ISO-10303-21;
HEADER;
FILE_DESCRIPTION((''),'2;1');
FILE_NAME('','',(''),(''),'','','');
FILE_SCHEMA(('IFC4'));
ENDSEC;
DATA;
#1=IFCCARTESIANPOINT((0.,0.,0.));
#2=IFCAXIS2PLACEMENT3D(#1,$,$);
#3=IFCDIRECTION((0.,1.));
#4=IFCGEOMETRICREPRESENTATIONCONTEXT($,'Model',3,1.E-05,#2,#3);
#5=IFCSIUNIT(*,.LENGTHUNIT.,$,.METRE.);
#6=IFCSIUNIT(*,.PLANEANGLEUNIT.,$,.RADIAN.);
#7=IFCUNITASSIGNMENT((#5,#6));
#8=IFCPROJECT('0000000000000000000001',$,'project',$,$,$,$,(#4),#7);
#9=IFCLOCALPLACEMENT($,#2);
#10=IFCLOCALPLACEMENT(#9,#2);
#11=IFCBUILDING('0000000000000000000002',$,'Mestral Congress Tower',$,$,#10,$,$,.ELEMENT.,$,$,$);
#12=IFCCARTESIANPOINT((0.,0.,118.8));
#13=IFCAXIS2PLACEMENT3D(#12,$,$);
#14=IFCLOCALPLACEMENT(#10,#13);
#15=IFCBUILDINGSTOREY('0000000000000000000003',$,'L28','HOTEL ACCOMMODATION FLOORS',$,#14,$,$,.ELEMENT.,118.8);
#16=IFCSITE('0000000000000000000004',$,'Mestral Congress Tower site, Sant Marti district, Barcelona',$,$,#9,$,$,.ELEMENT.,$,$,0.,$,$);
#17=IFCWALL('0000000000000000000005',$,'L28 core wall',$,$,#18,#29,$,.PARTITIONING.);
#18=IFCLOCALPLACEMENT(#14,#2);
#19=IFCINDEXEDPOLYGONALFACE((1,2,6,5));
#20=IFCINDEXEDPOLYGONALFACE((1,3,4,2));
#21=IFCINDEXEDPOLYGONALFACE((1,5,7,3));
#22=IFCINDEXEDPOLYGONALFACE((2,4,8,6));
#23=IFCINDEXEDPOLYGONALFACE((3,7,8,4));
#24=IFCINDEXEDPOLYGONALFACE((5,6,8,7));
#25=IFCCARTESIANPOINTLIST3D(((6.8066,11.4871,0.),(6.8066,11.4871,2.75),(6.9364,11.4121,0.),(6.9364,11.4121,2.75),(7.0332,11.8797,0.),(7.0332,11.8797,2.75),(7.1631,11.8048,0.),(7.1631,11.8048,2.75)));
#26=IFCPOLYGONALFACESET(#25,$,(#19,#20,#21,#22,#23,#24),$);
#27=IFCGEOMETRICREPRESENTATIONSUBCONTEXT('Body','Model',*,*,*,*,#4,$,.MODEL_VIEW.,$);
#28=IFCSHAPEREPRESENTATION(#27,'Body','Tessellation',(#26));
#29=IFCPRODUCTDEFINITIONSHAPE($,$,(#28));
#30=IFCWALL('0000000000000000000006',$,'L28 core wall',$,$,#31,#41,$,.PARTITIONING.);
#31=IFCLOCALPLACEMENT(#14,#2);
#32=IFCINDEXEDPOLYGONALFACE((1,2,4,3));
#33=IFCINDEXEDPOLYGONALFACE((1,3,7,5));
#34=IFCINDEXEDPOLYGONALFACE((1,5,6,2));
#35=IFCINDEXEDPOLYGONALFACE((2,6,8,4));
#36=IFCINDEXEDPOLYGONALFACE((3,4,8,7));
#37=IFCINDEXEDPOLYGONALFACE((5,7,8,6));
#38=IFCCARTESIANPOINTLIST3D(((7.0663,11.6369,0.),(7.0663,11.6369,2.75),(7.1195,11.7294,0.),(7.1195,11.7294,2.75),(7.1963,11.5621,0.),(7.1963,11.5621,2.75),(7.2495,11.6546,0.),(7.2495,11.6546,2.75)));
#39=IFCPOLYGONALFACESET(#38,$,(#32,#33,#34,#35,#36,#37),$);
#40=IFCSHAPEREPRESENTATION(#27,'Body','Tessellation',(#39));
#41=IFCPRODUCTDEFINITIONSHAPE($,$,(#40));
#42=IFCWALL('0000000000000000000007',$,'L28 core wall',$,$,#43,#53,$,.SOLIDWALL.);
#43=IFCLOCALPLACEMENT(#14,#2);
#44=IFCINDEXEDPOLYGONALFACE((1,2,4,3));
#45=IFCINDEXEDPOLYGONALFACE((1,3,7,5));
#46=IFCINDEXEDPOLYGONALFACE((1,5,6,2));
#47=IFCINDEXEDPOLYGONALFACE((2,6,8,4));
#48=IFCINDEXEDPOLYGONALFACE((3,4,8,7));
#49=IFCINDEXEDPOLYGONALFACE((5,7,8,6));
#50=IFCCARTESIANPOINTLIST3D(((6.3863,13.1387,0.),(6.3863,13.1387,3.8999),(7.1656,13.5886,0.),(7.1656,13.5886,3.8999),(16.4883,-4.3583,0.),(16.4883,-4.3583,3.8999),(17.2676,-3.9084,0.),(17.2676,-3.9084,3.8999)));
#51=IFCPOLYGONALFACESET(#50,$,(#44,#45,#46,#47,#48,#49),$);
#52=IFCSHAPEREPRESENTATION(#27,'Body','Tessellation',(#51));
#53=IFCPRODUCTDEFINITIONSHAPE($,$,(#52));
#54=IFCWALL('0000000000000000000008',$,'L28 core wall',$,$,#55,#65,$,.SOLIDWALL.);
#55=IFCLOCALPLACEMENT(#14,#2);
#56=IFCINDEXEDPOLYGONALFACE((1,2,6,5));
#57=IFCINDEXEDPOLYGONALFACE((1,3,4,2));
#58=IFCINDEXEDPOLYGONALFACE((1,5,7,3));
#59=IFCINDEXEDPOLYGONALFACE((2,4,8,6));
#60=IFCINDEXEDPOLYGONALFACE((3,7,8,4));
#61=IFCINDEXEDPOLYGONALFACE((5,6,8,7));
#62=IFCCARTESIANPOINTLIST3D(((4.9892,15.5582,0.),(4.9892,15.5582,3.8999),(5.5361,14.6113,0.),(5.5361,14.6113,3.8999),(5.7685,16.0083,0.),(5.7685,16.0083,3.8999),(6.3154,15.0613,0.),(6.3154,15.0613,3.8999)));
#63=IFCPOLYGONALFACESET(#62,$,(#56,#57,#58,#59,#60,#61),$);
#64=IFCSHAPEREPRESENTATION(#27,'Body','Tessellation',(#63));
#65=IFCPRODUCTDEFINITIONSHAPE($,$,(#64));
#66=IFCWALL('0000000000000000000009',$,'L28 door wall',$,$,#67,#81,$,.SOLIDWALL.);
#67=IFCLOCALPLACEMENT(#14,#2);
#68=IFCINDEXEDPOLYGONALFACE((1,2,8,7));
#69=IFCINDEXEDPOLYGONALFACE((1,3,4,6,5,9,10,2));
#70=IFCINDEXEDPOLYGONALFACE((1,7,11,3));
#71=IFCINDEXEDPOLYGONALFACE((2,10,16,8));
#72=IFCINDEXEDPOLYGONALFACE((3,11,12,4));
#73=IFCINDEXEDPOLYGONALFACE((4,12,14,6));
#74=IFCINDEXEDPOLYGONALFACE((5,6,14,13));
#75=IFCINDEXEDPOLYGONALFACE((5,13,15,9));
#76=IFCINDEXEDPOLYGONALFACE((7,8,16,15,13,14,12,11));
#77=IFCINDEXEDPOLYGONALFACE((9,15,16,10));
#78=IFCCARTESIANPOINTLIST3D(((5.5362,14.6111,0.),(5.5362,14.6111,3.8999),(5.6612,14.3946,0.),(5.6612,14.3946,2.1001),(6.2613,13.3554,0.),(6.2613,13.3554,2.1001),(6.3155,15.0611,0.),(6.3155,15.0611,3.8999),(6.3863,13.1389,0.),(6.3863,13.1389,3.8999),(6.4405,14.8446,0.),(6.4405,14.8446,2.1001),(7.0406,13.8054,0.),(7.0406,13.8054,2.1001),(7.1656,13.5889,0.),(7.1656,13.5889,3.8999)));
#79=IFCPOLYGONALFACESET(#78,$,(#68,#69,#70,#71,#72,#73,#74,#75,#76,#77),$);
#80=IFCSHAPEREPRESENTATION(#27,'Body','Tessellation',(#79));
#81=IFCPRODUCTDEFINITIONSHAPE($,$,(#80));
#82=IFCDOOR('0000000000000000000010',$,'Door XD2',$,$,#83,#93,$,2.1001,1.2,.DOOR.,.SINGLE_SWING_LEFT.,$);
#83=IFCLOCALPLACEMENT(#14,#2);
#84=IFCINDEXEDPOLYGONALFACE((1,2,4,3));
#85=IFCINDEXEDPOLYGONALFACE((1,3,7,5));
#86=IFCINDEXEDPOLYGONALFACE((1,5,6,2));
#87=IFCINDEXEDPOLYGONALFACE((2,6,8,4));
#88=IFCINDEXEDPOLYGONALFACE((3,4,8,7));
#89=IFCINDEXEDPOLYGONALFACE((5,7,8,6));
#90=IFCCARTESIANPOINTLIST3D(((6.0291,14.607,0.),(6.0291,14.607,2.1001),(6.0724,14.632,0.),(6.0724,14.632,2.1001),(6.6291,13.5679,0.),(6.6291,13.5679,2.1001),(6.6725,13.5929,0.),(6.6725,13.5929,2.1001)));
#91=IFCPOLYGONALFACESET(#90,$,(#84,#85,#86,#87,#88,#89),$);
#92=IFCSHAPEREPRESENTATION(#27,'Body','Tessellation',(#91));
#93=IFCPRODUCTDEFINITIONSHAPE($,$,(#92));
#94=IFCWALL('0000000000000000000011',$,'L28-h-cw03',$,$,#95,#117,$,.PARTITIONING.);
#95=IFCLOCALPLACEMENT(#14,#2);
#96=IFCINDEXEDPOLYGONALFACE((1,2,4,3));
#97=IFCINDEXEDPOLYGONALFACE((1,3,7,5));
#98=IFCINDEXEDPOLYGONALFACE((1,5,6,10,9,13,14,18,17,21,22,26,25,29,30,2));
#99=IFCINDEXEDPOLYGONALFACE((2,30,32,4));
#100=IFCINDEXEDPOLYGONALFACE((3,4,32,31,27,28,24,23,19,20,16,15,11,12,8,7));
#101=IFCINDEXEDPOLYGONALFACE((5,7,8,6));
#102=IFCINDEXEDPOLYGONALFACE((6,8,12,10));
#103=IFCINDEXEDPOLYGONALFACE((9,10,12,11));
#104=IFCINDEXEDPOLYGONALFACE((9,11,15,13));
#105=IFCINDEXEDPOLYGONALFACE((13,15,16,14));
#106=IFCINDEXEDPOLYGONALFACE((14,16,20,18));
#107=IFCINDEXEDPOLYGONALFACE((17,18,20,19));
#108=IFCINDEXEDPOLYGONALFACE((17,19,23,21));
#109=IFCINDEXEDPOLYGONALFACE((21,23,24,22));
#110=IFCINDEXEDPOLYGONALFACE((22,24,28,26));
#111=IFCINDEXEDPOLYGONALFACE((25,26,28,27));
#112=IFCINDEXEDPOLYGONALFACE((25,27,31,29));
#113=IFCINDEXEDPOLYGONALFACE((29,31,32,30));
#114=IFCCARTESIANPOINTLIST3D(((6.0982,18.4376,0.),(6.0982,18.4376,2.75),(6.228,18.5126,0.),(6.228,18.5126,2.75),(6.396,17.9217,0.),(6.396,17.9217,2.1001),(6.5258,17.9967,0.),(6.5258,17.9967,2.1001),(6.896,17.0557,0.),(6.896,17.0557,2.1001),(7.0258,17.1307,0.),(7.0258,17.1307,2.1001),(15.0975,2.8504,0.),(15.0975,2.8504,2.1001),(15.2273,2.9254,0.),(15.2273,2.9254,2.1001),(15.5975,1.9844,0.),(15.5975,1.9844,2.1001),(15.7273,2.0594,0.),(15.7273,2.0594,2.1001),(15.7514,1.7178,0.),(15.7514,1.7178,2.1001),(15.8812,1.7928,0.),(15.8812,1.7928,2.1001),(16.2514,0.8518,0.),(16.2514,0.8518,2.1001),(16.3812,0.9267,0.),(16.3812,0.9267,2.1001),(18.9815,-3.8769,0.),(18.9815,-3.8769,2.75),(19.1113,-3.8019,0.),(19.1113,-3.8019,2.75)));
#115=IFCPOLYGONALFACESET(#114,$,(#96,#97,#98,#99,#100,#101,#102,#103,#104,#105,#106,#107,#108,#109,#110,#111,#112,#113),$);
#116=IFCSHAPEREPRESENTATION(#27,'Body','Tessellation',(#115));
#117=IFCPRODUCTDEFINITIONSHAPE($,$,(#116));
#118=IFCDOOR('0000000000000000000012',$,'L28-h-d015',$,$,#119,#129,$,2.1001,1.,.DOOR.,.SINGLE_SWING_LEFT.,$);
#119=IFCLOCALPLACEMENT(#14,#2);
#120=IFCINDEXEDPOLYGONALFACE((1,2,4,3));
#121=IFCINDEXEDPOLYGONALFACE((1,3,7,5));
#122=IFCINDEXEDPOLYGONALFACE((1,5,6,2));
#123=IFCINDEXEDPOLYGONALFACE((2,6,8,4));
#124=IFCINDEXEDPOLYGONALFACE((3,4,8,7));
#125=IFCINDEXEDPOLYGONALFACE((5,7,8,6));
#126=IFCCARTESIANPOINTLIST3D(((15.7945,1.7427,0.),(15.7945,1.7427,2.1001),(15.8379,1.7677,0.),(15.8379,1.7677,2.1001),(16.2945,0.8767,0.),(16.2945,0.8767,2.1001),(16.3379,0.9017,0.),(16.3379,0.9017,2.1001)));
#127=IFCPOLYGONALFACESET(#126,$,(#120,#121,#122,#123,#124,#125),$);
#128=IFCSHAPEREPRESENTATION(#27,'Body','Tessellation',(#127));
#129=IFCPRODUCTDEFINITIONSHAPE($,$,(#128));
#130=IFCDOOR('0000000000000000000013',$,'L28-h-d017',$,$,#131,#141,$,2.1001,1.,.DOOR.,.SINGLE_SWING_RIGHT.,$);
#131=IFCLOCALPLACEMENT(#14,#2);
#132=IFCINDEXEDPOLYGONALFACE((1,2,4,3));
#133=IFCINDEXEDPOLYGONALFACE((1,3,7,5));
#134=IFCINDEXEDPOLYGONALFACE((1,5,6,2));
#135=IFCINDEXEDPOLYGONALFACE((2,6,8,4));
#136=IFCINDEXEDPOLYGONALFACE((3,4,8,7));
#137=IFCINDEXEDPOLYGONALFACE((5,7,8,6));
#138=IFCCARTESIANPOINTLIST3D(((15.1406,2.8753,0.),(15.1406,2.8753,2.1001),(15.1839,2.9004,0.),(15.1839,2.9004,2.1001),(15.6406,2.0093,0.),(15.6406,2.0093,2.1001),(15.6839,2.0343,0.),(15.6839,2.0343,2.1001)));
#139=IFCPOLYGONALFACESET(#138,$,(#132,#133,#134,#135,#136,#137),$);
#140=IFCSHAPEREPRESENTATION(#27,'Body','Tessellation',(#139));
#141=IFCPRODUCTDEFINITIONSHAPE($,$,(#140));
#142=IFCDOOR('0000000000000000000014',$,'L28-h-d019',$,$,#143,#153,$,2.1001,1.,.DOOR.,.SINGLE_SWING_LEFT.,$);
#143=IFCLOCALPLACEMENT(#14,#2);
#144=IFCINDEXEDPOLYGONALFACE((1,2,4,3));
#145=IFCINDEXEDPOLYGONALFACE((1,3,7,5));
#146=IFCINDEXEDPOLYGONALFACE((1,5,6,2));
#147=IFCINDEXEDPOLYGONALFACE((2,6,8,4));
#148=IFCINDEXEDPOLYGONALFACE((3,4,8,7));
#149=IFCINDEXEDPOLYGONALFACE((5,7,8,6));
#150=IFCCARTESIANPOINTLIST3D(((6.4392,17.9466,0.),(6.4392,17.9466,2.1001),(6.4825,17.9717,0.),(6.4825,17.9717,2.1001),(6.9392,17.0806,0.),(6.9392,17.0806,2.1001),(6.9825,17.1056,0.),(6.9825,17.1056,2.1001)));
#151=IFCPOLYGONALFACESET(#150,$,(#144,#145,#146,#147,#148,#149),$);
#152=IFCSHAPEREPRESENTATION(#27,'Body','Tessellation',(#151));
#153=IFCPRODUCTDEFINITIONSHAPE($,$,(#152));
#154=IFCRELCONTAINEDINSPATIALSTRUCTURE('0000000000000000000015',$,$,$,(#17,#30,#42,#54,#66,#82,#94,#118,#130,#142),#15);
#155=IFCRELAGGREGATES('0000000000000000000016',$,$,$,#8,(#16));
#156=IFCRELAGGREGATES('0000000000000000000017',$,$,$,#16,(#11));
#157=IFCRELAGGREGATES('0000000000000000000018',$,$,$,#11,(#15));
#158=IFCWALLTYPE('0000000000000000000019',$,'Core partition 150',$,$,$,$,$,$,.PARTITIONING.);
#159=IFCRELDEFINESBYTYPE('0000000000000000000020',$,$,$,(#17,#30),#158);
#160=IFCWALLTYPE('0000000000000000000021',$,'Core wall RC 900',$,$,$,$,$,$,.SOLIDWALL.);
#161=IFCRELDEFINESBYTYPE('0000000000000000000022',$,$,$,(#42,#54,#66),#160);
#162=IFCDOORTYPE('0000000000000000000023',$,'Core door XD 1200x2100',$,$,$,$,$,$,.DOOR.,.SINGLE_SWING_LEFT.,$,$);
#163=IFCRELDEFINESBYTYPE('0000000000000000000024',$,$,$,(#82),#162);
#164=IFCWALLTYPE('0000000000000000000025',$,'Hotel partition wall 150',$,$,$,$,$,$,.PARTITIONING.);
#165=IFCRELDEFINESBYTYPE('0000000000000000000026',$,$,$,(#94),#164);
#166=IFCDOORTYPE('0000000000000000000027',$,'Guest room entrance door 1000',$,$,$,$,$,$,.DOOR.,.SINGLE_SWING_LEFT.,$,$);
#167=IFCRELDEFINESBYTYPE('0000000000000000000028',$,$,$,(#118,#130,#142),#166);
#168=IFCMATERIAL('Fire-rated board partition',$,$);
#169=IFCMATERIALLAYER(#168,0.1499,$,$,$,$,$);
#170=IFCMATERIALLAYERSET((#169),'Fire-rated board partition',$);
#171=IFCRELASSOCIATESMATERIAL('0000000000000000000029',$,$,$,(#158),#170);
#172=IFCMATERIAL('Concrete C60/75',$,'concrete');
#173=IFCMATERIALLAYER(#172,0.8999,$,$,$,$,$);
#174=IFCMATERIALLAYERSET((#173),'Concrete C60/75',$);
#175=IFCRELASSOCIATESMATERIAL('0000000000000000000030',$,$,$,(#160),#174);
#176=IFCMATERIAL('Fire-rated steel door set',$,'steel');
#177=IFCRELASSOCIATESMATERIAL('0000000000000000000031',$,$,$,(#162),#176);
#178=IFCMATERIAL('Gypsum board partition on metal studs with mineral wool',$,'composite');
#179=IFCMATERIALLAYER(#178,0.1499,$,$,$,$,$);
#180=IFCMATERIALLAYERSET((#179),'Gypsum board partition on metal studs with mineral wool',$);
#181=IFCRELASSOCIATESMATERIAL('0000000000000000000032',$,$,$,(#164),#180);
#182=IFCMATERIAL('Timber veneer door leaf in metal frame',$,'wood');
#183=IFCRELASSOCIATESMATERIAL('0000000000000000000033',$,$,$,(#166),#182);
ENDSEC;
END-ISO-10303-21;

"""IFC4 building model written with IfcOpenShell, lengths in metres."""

from ifc_helpers import new_model, si_unit, direction, frame, frame_2d, origin, place, context, subcontext, project, spatial, rectangle, extrude, material, layer, layer_set, type_object, element, fill, save


model = new_model("IFC4")

# Units and contexts
model_context = context("Model", 3, precision=1e-05, world=origin(), true_north=direction((0.0, 1.0)))
body_context = subcontext(model_context, "Body", "Model", "MODEL_VIEW")
ifc_project = project(units=[si_unit("LENGTHUNIT", "METRE"), si_unit("PLANEANGLEUNIT", "RADIAN")], contexts=[model_context])

# Site, building, storey
site_placement = place(None, origin())
site = spatial("IfcSite", under=ifc_project, at=site_placement, Name="Mestral Congress Tower site, Sant Marti district, Barcelona", CompositionType="ELEMENT", RefElevation=0.0)
building_placement = place(site_placement, origin())
building = spatial("IfcBuilding", under=site, at=building_placement, Name="Mestral Congress Tower", CompositionType="ELEMENT")
storey_placement = place(building_placement, frame((0.0, 0.0, 118.8)))
storey = spatial("IfcBuildingStorey", under=building, at=storey_placement, Name="L28", Description="HOTEL ACCOMMODATION FLOORS", CompositionType="ELEMENT", Elevation=118.8)

# Walls
ifc_material_1 = material(Name="Fire-rated board partition")
ifc_layer_1 = layer(ifc_material_1, 0.1499)
ifc_layer_set_1 = layer_set([ifc_layer_1], Name="Fire-rated board partition")
wall_type_1 = type_object("IfcWallType", Name="Core partition 150", PredefinedType="PARTITIONING", material=ifc_layer_set_1)
wall_1_placement = place(storey_placement, frame((6.8716, 11.4497, 0.0), z_axis=(0.0, 0.0, 1.0), x_axis=(0.499847, 0.866114, 0.0)))
element("IfcWall", 1, at=wall_1_placement, inside=storey, type_object=wall_type_1, Name="L28 core wall", PredefinedType="PARTITIONING", context=body_context, shape_type="SweptSolid", body=[
    extrude(rectangle(XDim=0.4534, YDim=0.1499, at=frame_2d((0.2266, 0.0))), origin(), (0.0, 0.0, 1.0), 2.75),
])
wall_2_placement = place(storey_placement, frame((7.1313, 11.5996, 0.0), z_axis=(0.0, 0.0, 1.0), x_axis=(0.4986, 0.866832, 0.0)))
element("IfcWall", 2, at=wall_2_placement, inside=storey, type_object=wall_type_1, Name="L28 core wall", PredefinedType="PARTITIONING", context=body_context, shape_type="SweptSolid", body=[
    extrude(rectangle(XDim=0.1067, YDim=0.1499, at=frame_2d((0.0532, 0.0))), origin(), (0.0, 0.0, 1.0), 2.75),
])
ifc_material_2 = material(Name="Concrete C60/75", Category="concrete")
ifc_layer_2 = layer(ifc_material_2, 0.8999)
ifc_layer_set_2 = layer_set([ifc_layer_2], Name="Concrete C60/75")
wall_type_2 = type_object("IfcWallType", Name="Core wall RC 900", PredefinedType="SOLIDWALL", material=ifc_layer_set_2)
wall_3_placement = place(storey_placement, frame((6.7759, 13.3638, 0.0), z_axis=(0.0, 0.0, 1.0), x_axis=(0.500004, -0.866023, 0.0)))
element("IfcWall", 3, at=wall_3_placement, inside=storey, type_object=wall_type_2, Name="L28 core wall", PredefinedType="SOLIDWALL", context=body_context, shape_type="SweptSolid", body=[
    extrude(rectangle(XDim=20.2039, YDim=0.8999, at=frame_2d((10.1021, 0.0))), origin(), (0.0, 0.0, 1.0), 3.8999),
])
wall_4_placement = place(storey_placement, frame((5.9258, 14.8362, 0.0), z_axis=(0.0, 0.0, 1.0), x_axis=(-0.500077, 0.865981, 0.0)))
element("IfcWall", 4, at=wall_4_placement, inside=storey, type_object=wall_type_2, Name="L28 core wall", PredefinedType="SOLIDWALL", context=body_context, shape_type="SweptSolid", body=[
    extrude(rectangle(XDim=1.0935, YDim=0.8999, at=frame_2d((0.5469, 0.0))), origin(), (0.0, 0.0, 1.0), 3.8999),
])

# Wall, opening, door
wall_5_placement = place(storey_placement, frame((5.9258, 14.8362, 0.0), z_axis=(0.0, 0.0, 1.0), x_axis=(0.500062, -0.865989, 0.0)))
wall_5 = element("IfcWall", 5, at=wall_5_placement, inside=storey, type_object=wall_type_2, Name="L28 door wall", PredefinedType="SOLIDWALL", context=body_context, shape_type="SweptSolid", body=[
    extrude(rectangle(XDim=1.7, YDim=0.8999, at=frame_2d((0.8501, 0.0))), origin(), (0.0, 0.0, 1.0), 3.8999),
])
opening_1_placement = place(wall_5_placement, frame((0.25, 0.0, 0.0)))
opening_1 = element("IfcOpeningElement", 6, at=opening_1_placement, cuts=wall_5, PredefinedType="OPENING", context=body_context, shape_type="SweptSolid", body=[
    extrude(rectangle(XDim=1.2, YDim=2.1001, at=frame_2d((0.6001, 1.05))), frame((0.0, 0.46, 0.0), z_axis=(0.0, -1.0, 0.0), x_axis=(1.0, 0.0, 0.0)), (0.0, 0.0, 1.0), 0.9199),
])
ifc_material_3 = material(Name="Fire-rated steel door set", Category="steel")
door_type_1 = type_object("IfcDoorType", Name="Core door XD 1200x2100", OperationType="SINGLE_SWING_LEFT", PredefinedType="DOOR", material=ifc_material_3)
door_1_placement = place(opening_1_placement, origin())
door_1 = element("IfcDoor", 7, at=door_1_placement, inside=storey, type_object=door_type_1, Name="Door XD2", OperationType="SINGLE_SWING_LEFT", OverallHeight=2.1001, OverallWidth=1.2, PredefinedType="DOOR", context=body_context, shape_type="SweptSolid", body=[
    extrude(rectangle(XDim=1.2, YDim=2.1001, at=frame_2d((0.6001, 1.05))), frame((0.0, 0.0249, 0.0), z_axis=(0.0, -1.0, 0.0), x_axis=(1.0, 0.0, 0.0)), (0.0, 0.0, 1.0), 0.05),
])
fill(opening_1, door_1)

# Wall, openings, doors
ifc_material_4 = material(Name="Gypsum board partition on metal studs with mineral wool", Category="composite")
ifc_layer_3 = layer(ifc_material_4, 0.1499)
ifc_layer_set_3 = layer_set([ifc_layer_3], Name="Gypsum board partition on metal studs with mineral wool")
wall_type_3 = type_object("IfcWallType", Name="Hotel partition wall 150", PredefinedType="PARTITIONING", material=ifc_layer_set_3)
wall_6_placement = place(storey_placement, frame((6.1631, 18.4751, 0.0), z_axis=(0.0, 0.0, 1.0), x_axis=(0.500001, -0.866025, 0.0)))
wall_6 = element("IfcWall", 8, at=wall_6_placement, inside=storey, type_object=wall_type_3, Name="L28-h-cw03", PredefinedType="PARTITIONING", context=body_context, shape_type="SweptSolid", body=[
    extrude(rectangle(XDim=25.7666, YDim=0.1499, at=frame_2d((12.8833, 0.0))), origin(), (0.0, 0.0, 1.0), 2.75),
])
opening_2_placement = place(wall_6_placement, frame((19.3064, 0.0, 0.0)))
opening_2 = element("IfcOpeningElement", 9, at=opening_2_placement, cuts=wall_6, PredefinedType="OPENING", context=body_context, shape_type="SweptSolid", body=[
    extrude(rectangle(XDim=1.0, YDim=2.1001, at=frame_2d((0.5, 1.05))), frame((0.0, 0.085, 0.0), z_axis=(0.0, -1.0, 0.0), x_axis=(1.0, 0.0, 0.0)), (0.0, 0.0, 1.0), 0.1699),
])
opening_3_placement = place(wall_6_placement, frame((17.9985, 0.0, 0.0)))
opening_3 = element("IfcOpeningElement", 10, at=opening_3_placement, cuts=wall_6, PredefinedType="OPENING", context=body_context, shape_type="SweptSolid", body=[
    extrude(rectangle(XDim=1.0, YDim=2.1001, at=frame_2d((0.5, 1.05))), frame((0.0, 0.085, 0.0), z_axis=(0.0, -1.0, 0.0), x_axis=(1.0, 0.0, 0.0)), (0.0, 0.0, 1.0), 0.1699),
])
opening_4_placement = place(wall_6_placement, frame((0.5957, 0.0, 0.0)))
opening_4 = element("IfcOpeningElement", 11, at=opening_4_placement, cuts=wall_6, PredefinedType="OPENING", context=body_context, shape_type="SweptSolid", body=[
    extrude(rectangle(XDim=1.0, YDim=2.1001, at=frame_2d((0.5, 1.05))), frame((0.0, 0.085, 0.0), z_axis=(0.0, -1.0, 0.0), x_axis=(1.0, 0.0, 0.0)), (0.0, 0.0, 1.0), 0.1699),
])
ifc_material_5 = material(Name="Timber veneer door leaf in metal frame", Category="wood")
door_type_2 = type_object("IfcDoorType", Name="Guest room entrance door 1000", OperationType="SINGLE_SWING_LEFT", PredefinedType="DOOR", material=ifc_material_5)
door_2_placement = place(opening_2_placement, origin())
door_2 = element("IfcDoor", 12, at=door_2_placement, inside=storey, type_object=door_type_2, Name="L28-h-d015", OperationType="SINGLE_SWING_LEFT", OverallHeight=2.1001, OverallWidth=1.0, PredefinedType="DOOR", context=body_context, shape_type="SweptSolid", body=[
    extrude(rectangle(XDim=1.0, YDim=2.1001, at=frame_2d((0.5, 1.05))), frame((0.0, 0.0249, 0.0), z_axis=(0.0, -1.0, 0.0), x_axis=(1.0, 0.0, 0.0)), (0.0, 0.0, 1.0), 0.05),
])
fill(opening_2, door_2)
door_3_placement = place(opening_3_placement, origin())
door_3 = element("IfcDoor", 13, at=door_3_placement, inside=storey, type_object=door_type_2, Name="L28-h-d017", OperationType="SINGLE_SWING_RIGHT", OverallHeight=2.1001, OverallWidth=1.0, PredefinedType="DOOR", context=body_context, shape_type="SweptSolid", body=[
    extrude(rectangle(XDim=1.0, YDim=2.1001, at=frame_2d((0.5, 1.05))), frame((0.0, 0.0249, 0.0), z_axis=(0.0, -1.0, 0.0), x_axis=(1.0, 0.0, 0.0)), (0.0, 0.0, 1.0), 0.05),
])
fill(opening_3, door_3)
door_4_placement = place(opening_4_placement, origin())
door_4 = element("IfcDoor", 14, at=door_4_placement, inside=storey, type_object=door_type_2, Name="L28-h-d019", OperationType="SINGLE_SWING_LEFT", OverallHeight=2.1001, OverallWidth=1.0, PredefinedType="DOOR", context=body_context, shape_type="SweptSolid", body=[
    extrude(rectangle(XDim=1.0, YDim=2.1001, at=frame_2d((0.5, 1.05))), frame((0.0, 0.0249, 0.0), z_axis=(0.0, -1.0, 0.0), x_axis=(1.0, 0.0, 0.0)), (0.0, 0.0, 1.0), 0.05),
])
fill(opening_4, door_4)

save(model, "model.ifc")
